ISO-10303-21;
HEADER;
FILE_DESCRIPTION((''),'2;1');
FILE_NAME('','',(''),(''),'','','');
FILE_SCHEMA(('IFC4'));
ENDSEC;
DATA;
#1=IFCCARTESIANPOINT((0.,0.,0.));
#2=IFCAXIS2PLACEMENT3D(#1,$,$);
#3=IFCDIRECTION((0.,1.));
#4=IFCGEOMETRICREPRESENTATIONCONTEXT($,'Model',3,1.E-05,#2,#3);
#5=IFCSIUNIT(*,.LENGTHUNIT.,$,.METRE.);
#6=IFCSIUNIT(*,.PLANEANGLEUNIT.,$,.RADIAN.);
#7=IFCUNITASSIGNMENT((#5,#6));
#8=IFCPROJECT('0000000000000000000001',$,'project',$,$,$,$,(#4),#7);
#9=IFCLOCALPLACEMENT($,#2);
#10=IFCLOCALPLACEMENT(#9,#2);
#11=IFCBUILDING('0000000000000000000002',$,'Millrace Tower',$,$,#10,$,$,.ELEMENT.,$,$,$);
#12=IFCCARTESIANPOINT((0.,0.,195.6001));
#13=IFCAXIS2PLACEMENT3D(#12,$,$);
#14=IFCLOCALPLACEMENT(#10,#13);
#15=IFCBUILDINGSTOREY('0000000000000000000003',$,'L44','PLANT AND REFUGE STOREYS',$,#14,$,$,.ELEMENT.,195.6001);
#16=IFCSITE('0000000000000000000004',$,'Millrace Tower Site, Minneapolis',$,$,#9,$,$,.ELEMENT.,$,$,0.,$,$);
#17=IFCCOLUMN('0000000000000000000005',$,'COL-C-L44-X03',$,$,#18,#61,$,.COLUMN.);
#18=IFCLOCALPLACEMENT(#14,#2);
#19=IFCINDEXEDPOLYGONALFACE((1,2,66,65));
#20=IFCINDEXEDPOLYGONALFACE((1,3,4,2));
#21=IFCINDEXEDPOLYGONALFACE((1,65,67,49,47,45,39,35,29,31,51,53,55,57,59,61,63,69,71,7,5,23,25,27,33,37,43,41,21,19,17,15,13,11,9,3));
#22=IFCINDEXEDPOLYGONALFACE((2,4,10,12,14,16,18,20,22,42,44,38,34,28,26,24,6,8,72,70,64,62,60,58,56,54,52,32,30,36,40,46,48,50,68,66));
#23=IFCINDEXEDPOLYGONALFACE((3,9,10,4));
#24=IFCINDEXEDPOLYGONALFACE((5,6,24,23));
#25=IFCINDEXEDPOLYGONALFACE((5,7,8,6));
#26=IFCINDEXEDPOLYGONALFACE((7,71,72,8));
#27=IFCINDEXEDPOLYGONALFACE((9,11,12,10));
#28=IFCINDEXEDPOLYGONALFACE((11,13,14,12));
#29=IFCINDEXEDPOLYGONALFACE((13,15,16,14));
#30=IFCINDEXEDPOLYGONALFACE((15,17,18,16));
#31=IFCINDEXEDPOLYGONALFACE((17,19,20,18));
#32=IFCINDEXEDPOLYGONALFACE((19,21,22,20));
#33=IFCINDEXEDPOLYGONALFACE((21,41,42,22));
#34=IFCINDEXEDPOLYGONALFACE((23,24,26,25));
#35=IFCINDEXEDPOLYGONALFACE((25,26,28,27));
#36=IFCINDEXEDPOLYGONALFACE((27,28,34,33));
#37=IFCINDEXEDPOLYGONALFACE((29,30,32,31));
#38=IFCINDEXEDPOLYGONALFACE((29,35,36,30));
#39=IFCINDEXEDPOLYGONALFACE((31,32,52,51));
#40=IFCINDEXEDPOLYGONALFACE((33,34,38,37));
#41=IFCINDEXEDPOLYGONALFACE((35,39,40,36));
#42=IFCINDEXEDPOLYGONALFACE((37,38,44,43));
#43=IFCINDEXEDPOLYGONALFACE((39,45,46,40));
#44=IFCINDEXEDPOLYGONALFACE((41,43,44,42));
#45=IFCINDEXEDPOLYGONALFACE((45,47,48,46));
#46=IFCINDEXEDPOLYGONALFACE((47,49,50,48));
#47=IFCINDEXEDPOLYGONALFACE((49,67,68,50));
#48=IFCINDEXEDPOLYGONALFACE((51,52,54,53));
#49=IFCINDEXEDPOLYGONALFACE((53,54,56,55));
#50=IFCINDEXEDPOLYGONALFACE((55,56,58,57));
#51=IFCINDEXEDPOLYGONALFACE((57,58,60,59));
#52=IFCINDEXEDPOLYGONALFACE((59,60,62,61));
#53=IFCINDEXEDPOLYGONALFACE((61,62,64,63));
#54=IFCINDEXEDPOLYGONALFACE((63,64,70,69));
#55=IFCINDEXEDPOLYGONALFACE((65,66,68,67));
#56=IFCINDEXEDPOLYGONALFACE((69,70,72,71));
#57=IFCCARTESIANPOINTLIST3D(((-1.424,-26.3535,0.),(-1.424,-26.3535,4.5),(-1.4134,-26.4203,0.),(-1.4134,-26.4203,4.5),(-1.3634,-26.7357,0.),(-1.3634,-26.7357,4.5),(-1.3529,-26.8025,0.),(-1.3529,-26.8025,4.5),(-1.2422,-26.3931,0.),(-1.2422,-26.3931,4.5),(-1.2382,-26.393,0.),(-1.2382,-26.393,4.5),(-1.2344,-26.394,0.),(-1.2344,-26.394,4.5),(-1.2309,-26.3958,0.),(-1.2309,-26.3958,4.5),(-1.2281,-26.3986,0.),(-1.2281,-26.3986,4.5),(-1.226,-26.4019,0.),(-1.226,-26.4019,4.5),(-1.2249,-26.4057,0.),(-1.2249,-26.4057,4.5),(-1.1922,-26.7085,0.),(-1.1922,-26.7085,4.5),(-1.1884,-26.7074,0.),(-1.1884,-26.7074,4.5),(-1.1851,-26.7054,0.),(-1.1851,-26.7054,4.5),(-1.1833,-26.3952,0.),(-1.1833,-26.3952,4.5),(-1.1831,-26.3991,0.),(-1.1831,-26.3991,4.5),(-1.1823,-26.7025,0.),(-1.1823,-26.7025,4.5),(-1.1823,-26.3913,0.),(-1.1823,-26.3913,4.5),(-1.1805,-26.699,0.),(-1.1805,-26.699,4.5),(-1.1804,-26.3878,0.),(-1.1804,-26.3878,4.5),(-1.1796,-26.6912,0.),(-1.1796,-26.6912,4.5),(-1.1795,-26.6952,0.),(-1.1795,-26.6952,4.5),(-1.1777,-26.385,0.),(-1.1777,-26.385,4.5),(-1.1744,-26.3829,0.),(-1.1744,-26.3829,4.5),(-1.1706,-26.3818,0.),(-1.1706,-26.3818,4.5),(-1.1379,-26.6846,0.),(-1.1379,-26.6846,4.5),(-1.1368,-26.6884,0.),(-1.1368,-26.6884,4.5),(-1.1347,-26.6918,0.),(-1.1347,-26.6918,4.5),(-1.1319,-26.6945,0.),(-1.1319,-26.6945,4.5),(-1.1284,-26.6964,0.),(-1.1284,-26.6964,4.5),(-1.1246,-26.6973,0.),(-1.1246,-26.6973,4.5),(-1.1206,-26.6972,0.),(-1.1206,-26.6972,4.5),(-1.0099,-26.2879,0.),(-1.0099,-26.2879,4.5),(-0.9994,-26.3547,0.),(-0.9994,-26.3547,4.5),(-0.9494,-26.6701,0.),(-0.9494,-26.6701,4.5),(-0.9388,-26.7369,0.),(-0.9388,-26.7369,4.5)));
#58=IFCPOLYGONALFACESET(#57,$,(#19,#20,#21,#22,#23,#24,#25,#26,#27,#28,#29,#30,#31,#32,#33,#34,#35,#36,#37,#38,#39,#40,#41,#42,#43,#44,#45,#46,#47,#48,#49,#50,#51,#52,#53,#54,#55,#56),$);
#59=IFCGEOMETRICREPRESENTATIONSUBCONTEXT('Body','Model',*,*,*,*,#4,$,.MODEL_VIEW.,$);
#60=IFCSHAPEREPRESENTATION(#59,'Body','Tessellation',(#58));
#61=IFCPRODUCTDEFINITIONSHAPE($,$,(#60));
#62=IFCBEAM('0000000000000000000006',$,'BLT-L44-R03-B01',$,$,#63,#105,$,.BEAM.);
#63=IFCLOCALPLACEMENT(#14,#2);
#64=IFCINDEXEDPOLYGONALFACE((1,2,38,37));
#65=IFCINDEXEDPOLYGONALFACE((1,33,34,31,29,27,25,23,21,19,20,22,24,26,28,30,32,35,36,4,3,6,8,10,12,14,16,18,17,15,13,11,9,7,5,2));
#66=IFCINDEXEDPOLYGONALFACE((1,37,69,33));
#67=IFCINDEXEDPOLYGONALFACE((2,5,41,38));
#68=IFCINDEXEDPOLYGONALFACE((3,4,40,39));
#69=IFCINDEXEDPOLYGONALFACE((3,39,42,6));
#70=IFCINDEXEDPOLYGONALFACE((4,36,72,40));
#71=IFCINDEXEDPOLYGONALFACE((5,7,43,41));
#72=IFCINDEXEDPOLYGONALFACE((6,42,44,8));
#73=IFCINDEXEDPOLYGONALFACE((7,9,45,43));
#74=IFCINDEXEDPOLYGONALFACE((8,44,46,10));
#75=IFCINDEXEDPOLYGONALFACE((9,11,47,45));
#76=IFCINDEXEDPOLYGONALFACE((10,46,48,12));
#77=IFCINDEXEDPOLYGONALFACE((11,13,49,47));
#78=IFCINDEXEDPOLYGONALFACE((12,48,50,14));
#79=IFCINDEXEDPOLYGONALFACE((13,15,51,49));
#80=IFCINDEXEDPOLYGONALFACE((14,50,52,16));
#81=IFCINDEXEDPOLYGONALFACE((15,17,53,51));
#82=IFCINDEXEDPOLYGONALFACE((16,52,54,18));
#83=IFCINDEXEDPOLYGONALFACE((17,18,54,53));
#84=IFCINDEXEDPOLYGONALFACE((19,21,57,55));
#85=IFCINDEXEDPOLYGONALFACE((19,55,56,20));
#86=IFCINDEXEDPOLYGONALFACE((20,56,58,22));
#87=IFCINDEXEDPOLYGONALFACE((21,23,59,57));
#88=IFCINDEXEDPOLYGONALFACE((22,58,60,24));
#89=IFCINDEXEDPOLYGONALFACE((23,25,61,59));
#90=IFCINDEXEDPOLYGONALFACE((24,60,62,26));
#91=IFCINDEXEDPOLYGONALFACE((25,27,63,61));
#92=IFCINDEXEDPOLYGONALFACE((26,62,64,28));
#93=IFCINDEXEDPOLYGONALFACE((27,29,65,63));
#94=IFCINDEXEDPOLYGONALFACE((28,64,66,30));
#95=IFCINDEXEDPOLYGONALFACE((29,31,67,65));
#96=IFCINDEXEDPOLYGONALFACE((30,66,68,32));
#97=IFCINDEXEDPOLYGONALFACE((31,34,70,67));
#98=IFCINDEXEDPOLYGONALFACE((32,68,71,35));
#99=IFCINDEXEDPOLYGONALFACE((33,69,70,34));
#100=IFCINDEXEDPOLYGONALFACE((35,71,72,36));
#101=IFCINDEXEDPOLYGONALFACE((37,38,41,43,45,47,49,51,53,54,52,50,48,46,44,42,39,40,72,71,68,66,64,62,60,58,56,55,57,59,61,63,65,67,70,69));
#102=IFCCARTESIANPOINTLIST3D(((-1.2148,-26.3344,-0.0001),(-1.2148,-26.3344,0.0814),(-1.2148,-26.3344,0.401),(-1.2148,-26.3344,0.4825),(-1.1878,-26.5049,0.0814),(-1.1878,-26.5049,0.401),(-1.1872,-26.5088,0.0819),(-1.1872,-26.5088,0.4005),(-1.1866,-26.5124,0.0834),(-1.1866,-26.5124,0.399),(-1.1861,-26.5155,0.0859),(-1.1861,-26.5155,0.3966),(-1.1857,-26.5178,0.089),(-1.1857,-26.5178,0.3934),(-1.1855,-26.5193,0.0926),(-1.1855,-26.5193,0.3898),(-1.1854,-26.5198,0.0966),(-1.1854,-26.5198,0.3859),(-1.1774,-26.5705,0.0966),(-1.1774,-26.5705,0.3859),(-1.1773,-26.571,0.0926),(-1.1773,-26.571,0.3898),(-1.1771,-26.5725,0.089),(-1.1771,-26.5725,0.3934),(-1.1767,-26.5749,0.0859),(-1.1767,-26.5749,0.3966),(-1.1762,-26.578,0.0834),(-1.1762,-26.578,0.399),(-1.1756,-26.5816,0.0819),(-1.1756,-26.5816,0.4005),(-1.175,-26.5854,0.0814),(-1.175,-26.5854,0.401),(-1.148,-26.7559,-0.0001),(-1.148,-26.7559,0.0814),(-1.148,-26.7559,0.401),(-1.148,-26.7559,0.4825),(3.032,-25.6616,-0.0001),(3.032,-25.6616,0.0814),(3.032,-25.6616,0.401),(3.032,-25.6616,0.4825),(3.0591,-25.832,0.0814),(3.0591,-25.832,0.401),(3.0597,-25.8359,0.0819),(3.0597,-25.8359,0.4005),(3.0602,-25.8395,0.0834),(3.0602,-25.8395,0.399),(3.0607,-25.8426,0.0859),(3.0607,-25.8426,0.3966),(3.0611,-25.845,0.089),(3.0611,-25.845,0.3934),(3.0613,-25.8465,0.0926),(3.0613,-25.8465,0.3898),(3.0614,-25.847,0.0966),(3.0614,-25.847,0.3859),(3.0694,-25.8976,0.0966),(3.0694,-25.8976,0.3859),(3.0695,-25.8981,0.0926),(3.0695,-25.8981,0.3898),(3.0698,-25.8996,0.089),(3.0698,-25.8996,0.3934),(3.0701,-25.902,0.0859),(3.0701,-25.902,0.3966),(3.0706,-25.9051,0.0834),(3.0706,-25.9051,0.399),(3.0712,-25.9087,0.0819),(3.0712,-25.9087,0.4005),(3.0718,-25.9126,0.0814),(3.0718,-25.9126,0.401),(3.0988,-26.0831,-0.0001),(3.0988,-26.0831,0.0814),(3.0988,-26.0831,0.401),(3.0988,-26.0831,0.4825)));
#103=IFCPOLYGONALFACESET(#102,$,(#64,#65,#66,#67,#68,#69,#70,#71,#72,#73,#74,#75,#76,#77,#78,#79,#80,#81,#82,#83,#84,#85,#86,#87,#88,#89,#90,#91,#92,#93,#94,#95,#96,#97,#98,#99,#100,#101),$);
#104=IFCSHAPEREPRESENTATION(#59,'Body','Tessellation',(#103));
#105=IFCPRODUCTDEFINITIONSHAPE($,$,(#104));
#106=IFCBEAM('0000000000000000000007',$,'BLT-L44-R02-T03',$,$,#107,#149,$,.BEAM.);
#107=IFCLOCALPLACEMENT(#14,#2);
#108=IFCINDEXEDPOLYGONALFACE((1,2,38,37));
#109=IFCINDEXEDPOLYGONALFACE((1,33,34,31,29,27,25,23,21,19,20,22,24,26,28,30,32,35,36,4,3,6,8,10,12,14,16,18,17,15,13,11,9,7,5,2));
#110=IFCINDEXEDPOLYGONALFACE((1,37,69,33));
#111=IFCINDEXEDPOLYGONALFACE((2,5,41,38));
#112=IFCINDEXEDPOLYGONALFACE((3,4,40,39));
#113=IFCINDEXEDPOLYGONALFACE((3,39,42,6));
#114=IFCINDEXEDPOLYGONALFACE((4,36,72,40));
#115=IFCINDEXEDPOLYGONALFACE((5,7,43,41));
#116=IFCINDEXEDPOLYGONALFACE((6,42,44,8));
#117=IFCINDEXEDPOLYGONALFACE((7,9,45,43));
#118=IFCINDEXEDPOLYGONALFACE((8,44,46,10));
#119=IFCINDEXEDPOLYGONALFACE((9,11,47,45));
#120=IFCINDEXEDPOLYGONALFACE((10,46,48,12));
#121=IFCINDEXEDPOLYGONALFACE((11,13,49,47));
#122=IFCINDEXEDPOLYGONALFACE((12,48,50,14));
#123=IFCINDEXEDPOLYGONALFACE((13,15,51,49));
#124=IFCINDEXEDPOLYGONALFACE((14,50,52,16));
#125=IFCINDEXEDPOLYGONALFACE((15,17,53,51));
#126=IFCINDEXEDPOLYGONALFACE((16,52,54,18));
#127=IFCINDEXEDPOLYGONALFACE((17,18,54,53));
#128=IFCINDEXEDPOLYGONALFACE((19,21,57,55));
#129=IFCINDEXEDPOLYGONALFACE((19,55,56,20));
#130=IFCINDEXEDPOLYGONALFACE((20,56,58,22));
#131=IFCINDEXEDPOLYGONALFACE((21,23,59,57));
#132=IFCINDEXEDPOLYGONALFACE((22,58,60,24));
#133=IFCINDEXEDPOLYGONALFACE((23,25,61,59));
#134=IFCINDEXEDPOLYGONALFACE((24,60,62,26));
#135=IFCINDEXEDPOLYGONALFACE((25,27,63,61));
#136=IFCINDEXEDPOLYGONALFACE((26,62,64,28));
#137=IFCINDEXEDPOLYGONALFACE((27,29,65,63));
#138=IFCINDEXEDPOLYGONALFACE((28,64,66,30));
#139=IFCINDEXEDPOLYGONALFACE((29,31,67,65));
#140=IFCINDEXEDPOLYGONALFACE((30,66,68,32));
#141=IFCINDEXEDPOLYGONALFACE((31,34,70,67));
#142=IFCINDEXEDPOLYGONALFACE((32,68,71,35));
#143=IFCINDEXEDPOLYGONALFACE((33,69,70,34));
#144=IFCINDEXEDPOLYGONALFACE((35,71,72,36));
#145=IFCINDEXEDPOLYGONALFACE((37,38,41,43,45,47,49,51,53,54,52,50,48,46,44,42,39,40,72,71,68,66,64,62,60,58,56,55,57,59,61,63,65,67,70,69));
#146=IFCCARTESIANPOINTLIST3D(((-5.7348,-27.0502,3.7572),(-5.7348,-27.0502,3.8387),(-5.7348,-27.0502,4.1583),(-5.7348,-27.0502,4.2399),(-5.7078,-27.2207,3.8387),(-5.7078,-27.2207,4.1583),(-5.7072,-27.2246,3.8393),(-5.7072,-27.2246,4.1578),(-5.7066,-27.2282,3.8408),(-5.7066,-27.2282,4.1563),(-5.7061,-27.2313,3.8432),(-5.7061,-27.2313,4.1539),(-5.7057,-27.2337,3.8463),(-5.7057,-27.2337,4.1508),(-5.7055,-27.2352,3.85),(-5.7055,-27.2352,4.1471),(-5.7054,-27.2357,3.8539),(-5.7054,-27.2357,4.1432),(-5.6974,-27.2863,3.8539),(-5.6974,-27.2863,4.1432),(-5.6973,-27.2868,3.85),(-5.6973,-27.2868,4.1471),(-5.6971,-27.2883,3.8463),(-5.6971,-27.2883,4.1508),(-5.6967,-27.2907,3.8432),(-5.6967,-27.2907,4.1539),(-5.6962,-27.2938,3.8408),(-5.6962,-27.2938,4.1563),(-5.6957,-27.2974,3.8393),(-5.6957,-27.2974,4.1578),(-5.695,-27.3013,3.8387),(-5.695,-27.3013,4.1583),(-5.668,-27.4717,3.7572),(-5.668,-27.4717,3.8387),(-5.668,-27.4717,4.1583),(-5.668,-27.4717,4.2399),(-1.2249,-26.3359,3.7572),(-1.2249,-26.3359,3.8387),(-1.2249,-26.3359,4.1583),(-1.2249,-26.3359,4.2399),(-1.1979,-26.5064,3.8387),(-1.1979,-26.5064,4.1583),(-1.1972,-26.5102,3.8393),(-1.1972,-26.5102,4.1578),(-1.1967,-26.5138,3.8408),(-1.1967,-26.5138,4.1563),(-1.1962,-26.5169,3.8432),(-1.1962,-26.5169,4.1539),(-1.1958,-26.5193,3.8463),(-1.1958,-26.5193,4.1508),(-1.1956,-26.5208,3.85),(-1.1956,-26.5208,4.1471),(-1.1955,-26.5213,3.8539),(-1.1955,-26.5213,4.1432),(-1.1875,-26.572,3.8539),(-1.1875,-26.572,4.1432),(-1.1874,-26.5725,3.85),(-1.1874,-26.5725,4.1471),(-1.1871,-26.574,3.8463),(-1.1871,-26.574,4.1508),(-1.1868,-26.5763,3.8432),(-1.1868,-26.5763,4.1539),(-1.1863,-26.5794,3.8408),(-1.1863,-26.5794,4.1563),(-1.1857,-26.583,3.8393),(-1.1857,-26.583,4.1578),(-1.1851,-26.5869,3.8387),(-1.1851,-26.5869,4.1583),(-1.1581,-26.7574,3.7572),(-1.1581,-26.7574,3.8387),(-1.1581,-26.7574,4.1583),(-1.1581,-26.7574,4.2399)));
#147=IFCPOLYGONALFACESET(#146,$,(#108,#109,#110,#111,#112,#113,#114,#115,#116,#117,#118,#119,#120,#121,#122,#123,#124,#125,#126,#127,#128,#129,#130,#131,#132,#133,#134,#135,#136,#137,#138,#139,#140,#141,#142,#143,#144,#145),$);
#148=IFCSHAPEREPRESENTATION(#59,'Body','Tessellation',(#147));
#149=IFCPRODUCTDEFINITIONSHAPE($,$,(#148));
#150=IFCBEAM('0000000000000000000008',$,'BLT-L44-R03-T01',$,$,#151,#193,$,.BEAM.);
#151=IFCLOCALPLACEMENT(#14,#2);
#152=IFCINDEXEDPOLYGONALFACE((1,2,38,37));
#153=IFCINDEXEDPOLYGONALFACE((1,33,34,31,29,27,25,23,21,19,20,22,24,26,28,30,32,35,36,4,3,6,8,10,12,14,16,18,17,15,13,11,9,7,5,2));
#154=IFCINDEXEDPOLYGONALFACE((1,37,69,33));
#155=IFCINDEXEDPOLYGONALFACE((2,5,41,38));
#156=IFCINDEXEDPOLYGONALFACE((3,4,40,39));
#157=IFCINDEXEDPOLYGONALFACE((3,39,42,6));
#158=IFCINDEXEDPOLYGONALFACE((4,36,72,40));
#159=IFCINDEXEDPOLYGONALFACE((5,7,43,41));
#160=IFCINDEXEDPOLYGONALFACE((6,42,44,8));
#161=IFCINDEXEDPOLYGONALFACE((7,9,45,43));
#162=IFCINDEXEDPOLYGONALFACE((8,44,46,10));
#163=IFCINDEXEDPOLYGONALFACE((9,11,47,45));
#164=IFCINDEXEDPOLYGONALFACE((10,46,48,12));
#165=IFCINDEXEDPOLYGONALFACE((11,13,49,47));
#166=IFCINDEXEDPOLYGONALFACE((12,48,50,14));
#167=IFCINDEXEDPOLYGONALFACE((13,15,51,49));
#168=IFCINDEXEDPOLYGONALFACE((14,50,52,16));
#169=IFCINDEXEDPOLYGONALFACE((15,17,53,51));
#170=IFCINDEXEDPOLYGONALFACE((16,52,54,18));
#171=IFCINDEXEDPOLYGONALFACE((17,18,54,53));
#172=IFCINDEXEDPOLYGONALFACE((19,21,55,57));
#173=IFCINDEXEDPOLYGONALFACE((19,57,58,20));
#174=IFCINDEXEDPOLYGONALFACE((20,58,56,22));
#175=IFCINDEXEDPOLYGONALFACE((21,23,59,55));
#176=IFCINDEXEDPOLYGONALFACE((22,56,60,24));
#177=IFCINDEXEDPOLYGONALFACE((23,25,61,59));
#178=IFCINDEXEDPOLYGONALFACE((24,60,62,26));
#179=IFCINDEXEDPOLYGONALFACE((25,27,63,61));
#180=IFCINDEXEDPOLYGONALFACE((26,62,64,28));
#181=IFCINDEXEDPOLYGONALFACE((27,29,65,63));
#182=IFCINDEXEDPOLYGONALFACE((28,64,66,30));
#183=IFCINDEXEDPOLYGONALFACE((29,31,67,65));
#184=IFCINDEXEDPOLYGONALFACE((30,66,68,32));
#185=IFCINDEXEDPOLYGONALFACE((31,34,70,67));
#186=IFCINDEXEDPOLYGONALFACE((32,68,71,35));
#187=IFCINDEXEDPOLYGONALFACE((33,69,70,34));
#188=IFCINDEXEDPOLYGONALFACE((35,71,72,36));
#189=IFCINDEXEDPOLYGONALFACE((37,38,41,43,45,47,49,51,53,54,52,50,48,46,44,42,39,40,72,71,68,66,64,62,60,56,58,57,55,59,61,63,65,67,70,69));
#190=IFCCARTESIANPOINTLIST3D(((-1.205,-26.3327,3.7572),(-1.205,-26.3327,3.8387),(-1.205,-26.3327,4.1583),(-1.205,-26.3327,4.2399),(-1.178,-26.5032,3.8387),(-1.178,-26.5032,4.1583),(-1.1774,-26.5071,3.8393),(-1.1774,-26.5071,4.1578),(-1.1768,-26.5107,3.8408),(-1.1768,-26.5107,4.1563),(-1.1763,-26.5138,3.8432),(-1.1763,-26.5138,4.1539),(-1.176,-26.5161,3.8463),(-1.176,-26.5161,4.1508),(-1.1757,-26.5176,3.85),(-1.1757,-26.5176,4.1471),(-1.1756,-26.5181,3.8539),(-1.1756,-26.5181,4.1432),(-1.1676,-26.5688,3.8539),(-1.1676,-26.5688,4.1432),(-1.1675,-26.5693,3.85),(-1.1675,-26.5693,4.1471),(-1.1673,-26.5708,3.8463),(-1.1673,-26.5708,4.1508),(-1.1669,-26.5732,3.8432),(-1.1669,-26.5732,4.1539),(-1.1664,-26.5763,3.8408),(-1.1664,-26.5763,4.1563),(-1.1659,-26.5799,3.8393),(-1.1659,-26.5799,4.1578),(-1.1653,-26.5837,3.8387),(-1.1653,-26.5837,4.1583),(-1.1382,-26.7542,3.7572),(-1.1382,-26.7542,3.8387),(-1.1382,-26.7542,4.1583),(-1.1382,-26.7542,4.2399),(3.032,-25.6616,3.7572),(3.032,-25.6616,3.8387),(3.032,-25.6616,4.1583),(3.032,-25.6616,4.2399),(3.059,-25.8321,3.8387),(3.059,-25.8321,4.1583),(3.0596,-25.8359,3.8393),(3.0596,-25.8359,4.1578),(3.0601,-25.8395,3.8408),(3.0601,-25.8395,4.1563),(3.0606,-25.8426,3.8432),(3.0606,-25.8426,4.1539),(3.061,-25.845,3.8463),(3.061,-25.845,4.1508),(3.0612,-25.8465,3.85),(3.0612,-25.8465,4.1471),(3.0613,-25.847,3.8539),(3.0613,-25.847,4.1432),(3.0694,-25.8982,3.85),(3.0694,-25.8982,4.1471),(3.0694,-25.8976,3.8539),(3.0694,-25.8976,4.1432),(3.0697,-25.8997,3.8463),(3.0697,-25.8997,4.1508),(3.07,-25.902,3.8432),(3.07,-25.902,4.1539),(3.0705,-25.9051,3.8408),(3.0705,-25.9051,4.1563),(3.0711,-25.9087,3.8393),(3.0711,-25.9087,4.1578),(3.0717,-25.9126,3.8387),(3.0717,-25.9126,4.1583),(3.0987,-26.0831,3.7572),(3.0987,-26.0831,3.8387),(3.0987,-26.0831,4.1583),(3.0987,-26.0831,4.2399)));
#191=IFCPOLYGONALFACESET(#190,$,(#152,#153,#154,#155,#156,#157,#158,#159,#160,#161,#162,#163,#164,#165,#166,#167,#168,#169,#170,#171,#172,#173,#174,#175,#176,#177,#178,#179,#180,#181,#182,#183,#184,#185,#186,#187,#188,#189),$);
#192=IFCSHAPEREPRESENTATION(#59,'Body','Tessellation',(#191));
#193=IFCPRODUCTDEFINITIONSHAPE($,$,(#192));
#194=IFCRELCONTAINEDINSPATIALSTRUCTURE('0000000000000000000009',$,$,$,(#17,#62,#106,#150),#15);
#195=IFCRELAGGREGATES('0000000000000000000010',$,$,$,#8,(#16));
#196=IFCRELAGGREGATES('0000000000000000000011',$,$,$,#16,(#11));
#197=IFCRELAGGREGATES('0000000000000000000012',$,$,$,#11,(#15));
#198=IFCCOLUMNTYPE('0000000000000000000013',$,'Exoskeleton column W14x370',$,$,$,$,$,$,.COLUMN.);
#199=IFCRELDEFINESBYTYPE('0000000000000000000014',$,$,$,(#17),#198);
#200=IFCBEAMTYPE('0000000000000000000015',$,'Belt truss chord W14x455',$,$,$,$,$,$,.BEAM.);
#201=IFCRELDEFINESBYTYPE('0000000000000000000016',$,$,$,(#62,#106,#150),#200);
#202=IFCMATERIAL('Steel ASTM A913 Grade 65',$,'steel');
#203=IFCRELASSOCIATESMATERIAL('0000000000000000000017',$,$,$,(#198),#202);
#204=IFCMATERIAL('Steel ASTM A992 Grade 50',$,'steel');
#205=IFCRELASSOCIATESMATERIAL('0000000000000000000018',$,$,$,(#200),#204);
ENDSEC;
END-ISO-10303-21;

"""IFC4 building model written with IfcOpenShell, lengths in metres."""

from ifc_helpers import new_model, si_unit, direction, frame, origin, origin_2d, place, context, subcontext, project, spatial, i_section, extrude, material, material_profile, profile_set, type_object, element, save


model = new_model("IFC4")

# Units and contexts
model_context = context("Model", 3, precision=1e-05, world=origin(), true_north=direction((0.0, 1.0)))
body_context = subcontext(model_context, "Body", "Model", "MODEL_VIEW")
ifc_project = project(units=[si_unit("LENGTHUNIT", "METRE"), si_unit("PLANEANGLEUNIT", "RADIAN")], contexts=[model_context])

# Site, building, storey
site_placement = place(None, origin())
site = spatial("IfcSite", under=ifc_project, at=site_placement, Name="Millrace Tower Site, Minneapolis", CompositionType="ELEMENT", RefElevation=0.0)
building_placement = place(site_placement, origin())
building = spatial("IfcBuilding", under=site, at=building_placement, Name="Millrace Tower", CompositionType="ELEMENT")
storey_placement = place(building_placement, frame((0.0, 0.0, 195.6001)))
storey = spatial("IfcBuildingStorey", under=building, at=storey_placement, Name="L44", Description="PLANT AND REFUGE STOREYS", CompositionType="ELEMENT", Elevation=195.6001)

# Column
ifc_material_1 = material(Name="Steel ASTM A913 Grade 65", Category="steel")
ifc_material_profile_1 = material_profile(ifc_material_1, i_section(OverallWidth=0.4192, OverallDepth=0.4546, WebThickness=0.0422, FlangeThickness=0.0676, FilletRadius=0.0151, at=origin_2d()))
ifc_profile_set_1 = profile_set([ifc_material_profile_1], Name="Steel ASTM A913 Grade 65")
column_type = type_object("IfcColumnType", Name="Exoskeleton column W14x370", PredefinedType="COLUMN", material=ifc_profile_set_1)
column_placement = place(storey_placement, frame((-1.1814, -26.5452, 0.0), z_axis=(0.0, 0.0, 1.0), x_axis=(0.987688, 0.156434, 0.0)))
element("IfcColumn", 1, at=column_placement, inside=storey, type_object=column_type, Name="COL-C-L44-X03", PredefinedType="COLUMN", context=body_context, shape_type="SweptSolid", body=[
    extrude(i_section(OverallWidth=0.4192, OverallDepth=0.4546, WebThickness=0.0422, FlangeThickness=0.0676, FilletRadius=0.0151, at=origin_2d()), origin(), (0.0, 0.0, 1.0), 4.5),
])

# Beams
ifc_material_2 = material(Name="Steel ASTM A992 Grade 50", Category="steel")
ifc_material_profile_2 = material_profile(ifc_material_2, i_section(OverallWidth=0.4268, OverallDepth=0.4827, WebThickness=0.0513, FlangeThickness=0.0815, FilletRadius=0.0151, at=origin_2d()))
ifc_profile_set_2 = profile_set([ifc_material_profile_2], Name="Steel ASTM A992 Grade 50")
beam_type_1 = type_object("IfcBeamType", Name="Belt truss chord W14x455", PredefinedType="BEAM", material=ifc_profile_set_2)
beam_1_placement = place(storey_placement, frame((-1.1814, -26.5452, 0.2412), z_axis=(0.98768, 0.156484, 0.0), x_axis=(-0.156484, 0.98768, 0.0)))
element("IfcBeam", 2, at=beam_1_placement, inside=storey, type_object=beam_type_1, Name="BLT-L44-R03-B01", PredefinedType="BEAM", context=body_context, shape_type="SweptSolid", body=[
    extrude(i_section(OverallWidth=0.4268, OverallDepth=0.4827, WebThickness=0.0513, FlangeThickness=0.0815, FilletRadius=0.0151, at=origin_2d()), origin(), (0.0, 0.0, 1.0), 4.2998),
])
beam_2_placement = place(storey_placement, frame((-5.7014, -27.261, 3.9985), z_axis=(0.987687, 0.156443, 0.0), x_axis=(-0.156443, 0.987687, 0.0)))
element("IfcBeam", 3, at=beam_2_placement, inside=storey, type_object=beam_type_1, Name="BLT-L44-R02-T03", PredefinedType="BEAM", context=body_context, shape_type="SweptSolid", body=[
    extrude(i_section(OverallWidth=0.4268, OverallDepth=0.4827, WebThickness=0.0513, FlangeThickness=0.0815, FilletRadius=0.0151, at=origin_2d()), origin(), (0.0, 0.0, 1.0), 4.5662),
])
beam_3_placement = place(storey_placement, frame((-1.1716, -26.5435, 3.9985), z_axis=(0.987686, 0.156448, 0.0), x_axis=(-0.156448, 0.987686, 0.0)))
element("IfcBeam", 4, at=beam_3_placement, inside=storey, type_object=beam_type_1, Name="BLT-L44-R03-T01", PredefinedType="BEAM", context=body_context, shape_type="SweptSolid", body=[
    extrude(i_section(OverallWidth=0.4268, OverallDepth=0.4827, WebThickness=0.0513, FlangeThickness=0.0815, FilletRadius=0.0151, at=origin_2d()), origin(), (0.0, 0.0, 1.0), 4.2898),
])

save(model, "model.ifc")
